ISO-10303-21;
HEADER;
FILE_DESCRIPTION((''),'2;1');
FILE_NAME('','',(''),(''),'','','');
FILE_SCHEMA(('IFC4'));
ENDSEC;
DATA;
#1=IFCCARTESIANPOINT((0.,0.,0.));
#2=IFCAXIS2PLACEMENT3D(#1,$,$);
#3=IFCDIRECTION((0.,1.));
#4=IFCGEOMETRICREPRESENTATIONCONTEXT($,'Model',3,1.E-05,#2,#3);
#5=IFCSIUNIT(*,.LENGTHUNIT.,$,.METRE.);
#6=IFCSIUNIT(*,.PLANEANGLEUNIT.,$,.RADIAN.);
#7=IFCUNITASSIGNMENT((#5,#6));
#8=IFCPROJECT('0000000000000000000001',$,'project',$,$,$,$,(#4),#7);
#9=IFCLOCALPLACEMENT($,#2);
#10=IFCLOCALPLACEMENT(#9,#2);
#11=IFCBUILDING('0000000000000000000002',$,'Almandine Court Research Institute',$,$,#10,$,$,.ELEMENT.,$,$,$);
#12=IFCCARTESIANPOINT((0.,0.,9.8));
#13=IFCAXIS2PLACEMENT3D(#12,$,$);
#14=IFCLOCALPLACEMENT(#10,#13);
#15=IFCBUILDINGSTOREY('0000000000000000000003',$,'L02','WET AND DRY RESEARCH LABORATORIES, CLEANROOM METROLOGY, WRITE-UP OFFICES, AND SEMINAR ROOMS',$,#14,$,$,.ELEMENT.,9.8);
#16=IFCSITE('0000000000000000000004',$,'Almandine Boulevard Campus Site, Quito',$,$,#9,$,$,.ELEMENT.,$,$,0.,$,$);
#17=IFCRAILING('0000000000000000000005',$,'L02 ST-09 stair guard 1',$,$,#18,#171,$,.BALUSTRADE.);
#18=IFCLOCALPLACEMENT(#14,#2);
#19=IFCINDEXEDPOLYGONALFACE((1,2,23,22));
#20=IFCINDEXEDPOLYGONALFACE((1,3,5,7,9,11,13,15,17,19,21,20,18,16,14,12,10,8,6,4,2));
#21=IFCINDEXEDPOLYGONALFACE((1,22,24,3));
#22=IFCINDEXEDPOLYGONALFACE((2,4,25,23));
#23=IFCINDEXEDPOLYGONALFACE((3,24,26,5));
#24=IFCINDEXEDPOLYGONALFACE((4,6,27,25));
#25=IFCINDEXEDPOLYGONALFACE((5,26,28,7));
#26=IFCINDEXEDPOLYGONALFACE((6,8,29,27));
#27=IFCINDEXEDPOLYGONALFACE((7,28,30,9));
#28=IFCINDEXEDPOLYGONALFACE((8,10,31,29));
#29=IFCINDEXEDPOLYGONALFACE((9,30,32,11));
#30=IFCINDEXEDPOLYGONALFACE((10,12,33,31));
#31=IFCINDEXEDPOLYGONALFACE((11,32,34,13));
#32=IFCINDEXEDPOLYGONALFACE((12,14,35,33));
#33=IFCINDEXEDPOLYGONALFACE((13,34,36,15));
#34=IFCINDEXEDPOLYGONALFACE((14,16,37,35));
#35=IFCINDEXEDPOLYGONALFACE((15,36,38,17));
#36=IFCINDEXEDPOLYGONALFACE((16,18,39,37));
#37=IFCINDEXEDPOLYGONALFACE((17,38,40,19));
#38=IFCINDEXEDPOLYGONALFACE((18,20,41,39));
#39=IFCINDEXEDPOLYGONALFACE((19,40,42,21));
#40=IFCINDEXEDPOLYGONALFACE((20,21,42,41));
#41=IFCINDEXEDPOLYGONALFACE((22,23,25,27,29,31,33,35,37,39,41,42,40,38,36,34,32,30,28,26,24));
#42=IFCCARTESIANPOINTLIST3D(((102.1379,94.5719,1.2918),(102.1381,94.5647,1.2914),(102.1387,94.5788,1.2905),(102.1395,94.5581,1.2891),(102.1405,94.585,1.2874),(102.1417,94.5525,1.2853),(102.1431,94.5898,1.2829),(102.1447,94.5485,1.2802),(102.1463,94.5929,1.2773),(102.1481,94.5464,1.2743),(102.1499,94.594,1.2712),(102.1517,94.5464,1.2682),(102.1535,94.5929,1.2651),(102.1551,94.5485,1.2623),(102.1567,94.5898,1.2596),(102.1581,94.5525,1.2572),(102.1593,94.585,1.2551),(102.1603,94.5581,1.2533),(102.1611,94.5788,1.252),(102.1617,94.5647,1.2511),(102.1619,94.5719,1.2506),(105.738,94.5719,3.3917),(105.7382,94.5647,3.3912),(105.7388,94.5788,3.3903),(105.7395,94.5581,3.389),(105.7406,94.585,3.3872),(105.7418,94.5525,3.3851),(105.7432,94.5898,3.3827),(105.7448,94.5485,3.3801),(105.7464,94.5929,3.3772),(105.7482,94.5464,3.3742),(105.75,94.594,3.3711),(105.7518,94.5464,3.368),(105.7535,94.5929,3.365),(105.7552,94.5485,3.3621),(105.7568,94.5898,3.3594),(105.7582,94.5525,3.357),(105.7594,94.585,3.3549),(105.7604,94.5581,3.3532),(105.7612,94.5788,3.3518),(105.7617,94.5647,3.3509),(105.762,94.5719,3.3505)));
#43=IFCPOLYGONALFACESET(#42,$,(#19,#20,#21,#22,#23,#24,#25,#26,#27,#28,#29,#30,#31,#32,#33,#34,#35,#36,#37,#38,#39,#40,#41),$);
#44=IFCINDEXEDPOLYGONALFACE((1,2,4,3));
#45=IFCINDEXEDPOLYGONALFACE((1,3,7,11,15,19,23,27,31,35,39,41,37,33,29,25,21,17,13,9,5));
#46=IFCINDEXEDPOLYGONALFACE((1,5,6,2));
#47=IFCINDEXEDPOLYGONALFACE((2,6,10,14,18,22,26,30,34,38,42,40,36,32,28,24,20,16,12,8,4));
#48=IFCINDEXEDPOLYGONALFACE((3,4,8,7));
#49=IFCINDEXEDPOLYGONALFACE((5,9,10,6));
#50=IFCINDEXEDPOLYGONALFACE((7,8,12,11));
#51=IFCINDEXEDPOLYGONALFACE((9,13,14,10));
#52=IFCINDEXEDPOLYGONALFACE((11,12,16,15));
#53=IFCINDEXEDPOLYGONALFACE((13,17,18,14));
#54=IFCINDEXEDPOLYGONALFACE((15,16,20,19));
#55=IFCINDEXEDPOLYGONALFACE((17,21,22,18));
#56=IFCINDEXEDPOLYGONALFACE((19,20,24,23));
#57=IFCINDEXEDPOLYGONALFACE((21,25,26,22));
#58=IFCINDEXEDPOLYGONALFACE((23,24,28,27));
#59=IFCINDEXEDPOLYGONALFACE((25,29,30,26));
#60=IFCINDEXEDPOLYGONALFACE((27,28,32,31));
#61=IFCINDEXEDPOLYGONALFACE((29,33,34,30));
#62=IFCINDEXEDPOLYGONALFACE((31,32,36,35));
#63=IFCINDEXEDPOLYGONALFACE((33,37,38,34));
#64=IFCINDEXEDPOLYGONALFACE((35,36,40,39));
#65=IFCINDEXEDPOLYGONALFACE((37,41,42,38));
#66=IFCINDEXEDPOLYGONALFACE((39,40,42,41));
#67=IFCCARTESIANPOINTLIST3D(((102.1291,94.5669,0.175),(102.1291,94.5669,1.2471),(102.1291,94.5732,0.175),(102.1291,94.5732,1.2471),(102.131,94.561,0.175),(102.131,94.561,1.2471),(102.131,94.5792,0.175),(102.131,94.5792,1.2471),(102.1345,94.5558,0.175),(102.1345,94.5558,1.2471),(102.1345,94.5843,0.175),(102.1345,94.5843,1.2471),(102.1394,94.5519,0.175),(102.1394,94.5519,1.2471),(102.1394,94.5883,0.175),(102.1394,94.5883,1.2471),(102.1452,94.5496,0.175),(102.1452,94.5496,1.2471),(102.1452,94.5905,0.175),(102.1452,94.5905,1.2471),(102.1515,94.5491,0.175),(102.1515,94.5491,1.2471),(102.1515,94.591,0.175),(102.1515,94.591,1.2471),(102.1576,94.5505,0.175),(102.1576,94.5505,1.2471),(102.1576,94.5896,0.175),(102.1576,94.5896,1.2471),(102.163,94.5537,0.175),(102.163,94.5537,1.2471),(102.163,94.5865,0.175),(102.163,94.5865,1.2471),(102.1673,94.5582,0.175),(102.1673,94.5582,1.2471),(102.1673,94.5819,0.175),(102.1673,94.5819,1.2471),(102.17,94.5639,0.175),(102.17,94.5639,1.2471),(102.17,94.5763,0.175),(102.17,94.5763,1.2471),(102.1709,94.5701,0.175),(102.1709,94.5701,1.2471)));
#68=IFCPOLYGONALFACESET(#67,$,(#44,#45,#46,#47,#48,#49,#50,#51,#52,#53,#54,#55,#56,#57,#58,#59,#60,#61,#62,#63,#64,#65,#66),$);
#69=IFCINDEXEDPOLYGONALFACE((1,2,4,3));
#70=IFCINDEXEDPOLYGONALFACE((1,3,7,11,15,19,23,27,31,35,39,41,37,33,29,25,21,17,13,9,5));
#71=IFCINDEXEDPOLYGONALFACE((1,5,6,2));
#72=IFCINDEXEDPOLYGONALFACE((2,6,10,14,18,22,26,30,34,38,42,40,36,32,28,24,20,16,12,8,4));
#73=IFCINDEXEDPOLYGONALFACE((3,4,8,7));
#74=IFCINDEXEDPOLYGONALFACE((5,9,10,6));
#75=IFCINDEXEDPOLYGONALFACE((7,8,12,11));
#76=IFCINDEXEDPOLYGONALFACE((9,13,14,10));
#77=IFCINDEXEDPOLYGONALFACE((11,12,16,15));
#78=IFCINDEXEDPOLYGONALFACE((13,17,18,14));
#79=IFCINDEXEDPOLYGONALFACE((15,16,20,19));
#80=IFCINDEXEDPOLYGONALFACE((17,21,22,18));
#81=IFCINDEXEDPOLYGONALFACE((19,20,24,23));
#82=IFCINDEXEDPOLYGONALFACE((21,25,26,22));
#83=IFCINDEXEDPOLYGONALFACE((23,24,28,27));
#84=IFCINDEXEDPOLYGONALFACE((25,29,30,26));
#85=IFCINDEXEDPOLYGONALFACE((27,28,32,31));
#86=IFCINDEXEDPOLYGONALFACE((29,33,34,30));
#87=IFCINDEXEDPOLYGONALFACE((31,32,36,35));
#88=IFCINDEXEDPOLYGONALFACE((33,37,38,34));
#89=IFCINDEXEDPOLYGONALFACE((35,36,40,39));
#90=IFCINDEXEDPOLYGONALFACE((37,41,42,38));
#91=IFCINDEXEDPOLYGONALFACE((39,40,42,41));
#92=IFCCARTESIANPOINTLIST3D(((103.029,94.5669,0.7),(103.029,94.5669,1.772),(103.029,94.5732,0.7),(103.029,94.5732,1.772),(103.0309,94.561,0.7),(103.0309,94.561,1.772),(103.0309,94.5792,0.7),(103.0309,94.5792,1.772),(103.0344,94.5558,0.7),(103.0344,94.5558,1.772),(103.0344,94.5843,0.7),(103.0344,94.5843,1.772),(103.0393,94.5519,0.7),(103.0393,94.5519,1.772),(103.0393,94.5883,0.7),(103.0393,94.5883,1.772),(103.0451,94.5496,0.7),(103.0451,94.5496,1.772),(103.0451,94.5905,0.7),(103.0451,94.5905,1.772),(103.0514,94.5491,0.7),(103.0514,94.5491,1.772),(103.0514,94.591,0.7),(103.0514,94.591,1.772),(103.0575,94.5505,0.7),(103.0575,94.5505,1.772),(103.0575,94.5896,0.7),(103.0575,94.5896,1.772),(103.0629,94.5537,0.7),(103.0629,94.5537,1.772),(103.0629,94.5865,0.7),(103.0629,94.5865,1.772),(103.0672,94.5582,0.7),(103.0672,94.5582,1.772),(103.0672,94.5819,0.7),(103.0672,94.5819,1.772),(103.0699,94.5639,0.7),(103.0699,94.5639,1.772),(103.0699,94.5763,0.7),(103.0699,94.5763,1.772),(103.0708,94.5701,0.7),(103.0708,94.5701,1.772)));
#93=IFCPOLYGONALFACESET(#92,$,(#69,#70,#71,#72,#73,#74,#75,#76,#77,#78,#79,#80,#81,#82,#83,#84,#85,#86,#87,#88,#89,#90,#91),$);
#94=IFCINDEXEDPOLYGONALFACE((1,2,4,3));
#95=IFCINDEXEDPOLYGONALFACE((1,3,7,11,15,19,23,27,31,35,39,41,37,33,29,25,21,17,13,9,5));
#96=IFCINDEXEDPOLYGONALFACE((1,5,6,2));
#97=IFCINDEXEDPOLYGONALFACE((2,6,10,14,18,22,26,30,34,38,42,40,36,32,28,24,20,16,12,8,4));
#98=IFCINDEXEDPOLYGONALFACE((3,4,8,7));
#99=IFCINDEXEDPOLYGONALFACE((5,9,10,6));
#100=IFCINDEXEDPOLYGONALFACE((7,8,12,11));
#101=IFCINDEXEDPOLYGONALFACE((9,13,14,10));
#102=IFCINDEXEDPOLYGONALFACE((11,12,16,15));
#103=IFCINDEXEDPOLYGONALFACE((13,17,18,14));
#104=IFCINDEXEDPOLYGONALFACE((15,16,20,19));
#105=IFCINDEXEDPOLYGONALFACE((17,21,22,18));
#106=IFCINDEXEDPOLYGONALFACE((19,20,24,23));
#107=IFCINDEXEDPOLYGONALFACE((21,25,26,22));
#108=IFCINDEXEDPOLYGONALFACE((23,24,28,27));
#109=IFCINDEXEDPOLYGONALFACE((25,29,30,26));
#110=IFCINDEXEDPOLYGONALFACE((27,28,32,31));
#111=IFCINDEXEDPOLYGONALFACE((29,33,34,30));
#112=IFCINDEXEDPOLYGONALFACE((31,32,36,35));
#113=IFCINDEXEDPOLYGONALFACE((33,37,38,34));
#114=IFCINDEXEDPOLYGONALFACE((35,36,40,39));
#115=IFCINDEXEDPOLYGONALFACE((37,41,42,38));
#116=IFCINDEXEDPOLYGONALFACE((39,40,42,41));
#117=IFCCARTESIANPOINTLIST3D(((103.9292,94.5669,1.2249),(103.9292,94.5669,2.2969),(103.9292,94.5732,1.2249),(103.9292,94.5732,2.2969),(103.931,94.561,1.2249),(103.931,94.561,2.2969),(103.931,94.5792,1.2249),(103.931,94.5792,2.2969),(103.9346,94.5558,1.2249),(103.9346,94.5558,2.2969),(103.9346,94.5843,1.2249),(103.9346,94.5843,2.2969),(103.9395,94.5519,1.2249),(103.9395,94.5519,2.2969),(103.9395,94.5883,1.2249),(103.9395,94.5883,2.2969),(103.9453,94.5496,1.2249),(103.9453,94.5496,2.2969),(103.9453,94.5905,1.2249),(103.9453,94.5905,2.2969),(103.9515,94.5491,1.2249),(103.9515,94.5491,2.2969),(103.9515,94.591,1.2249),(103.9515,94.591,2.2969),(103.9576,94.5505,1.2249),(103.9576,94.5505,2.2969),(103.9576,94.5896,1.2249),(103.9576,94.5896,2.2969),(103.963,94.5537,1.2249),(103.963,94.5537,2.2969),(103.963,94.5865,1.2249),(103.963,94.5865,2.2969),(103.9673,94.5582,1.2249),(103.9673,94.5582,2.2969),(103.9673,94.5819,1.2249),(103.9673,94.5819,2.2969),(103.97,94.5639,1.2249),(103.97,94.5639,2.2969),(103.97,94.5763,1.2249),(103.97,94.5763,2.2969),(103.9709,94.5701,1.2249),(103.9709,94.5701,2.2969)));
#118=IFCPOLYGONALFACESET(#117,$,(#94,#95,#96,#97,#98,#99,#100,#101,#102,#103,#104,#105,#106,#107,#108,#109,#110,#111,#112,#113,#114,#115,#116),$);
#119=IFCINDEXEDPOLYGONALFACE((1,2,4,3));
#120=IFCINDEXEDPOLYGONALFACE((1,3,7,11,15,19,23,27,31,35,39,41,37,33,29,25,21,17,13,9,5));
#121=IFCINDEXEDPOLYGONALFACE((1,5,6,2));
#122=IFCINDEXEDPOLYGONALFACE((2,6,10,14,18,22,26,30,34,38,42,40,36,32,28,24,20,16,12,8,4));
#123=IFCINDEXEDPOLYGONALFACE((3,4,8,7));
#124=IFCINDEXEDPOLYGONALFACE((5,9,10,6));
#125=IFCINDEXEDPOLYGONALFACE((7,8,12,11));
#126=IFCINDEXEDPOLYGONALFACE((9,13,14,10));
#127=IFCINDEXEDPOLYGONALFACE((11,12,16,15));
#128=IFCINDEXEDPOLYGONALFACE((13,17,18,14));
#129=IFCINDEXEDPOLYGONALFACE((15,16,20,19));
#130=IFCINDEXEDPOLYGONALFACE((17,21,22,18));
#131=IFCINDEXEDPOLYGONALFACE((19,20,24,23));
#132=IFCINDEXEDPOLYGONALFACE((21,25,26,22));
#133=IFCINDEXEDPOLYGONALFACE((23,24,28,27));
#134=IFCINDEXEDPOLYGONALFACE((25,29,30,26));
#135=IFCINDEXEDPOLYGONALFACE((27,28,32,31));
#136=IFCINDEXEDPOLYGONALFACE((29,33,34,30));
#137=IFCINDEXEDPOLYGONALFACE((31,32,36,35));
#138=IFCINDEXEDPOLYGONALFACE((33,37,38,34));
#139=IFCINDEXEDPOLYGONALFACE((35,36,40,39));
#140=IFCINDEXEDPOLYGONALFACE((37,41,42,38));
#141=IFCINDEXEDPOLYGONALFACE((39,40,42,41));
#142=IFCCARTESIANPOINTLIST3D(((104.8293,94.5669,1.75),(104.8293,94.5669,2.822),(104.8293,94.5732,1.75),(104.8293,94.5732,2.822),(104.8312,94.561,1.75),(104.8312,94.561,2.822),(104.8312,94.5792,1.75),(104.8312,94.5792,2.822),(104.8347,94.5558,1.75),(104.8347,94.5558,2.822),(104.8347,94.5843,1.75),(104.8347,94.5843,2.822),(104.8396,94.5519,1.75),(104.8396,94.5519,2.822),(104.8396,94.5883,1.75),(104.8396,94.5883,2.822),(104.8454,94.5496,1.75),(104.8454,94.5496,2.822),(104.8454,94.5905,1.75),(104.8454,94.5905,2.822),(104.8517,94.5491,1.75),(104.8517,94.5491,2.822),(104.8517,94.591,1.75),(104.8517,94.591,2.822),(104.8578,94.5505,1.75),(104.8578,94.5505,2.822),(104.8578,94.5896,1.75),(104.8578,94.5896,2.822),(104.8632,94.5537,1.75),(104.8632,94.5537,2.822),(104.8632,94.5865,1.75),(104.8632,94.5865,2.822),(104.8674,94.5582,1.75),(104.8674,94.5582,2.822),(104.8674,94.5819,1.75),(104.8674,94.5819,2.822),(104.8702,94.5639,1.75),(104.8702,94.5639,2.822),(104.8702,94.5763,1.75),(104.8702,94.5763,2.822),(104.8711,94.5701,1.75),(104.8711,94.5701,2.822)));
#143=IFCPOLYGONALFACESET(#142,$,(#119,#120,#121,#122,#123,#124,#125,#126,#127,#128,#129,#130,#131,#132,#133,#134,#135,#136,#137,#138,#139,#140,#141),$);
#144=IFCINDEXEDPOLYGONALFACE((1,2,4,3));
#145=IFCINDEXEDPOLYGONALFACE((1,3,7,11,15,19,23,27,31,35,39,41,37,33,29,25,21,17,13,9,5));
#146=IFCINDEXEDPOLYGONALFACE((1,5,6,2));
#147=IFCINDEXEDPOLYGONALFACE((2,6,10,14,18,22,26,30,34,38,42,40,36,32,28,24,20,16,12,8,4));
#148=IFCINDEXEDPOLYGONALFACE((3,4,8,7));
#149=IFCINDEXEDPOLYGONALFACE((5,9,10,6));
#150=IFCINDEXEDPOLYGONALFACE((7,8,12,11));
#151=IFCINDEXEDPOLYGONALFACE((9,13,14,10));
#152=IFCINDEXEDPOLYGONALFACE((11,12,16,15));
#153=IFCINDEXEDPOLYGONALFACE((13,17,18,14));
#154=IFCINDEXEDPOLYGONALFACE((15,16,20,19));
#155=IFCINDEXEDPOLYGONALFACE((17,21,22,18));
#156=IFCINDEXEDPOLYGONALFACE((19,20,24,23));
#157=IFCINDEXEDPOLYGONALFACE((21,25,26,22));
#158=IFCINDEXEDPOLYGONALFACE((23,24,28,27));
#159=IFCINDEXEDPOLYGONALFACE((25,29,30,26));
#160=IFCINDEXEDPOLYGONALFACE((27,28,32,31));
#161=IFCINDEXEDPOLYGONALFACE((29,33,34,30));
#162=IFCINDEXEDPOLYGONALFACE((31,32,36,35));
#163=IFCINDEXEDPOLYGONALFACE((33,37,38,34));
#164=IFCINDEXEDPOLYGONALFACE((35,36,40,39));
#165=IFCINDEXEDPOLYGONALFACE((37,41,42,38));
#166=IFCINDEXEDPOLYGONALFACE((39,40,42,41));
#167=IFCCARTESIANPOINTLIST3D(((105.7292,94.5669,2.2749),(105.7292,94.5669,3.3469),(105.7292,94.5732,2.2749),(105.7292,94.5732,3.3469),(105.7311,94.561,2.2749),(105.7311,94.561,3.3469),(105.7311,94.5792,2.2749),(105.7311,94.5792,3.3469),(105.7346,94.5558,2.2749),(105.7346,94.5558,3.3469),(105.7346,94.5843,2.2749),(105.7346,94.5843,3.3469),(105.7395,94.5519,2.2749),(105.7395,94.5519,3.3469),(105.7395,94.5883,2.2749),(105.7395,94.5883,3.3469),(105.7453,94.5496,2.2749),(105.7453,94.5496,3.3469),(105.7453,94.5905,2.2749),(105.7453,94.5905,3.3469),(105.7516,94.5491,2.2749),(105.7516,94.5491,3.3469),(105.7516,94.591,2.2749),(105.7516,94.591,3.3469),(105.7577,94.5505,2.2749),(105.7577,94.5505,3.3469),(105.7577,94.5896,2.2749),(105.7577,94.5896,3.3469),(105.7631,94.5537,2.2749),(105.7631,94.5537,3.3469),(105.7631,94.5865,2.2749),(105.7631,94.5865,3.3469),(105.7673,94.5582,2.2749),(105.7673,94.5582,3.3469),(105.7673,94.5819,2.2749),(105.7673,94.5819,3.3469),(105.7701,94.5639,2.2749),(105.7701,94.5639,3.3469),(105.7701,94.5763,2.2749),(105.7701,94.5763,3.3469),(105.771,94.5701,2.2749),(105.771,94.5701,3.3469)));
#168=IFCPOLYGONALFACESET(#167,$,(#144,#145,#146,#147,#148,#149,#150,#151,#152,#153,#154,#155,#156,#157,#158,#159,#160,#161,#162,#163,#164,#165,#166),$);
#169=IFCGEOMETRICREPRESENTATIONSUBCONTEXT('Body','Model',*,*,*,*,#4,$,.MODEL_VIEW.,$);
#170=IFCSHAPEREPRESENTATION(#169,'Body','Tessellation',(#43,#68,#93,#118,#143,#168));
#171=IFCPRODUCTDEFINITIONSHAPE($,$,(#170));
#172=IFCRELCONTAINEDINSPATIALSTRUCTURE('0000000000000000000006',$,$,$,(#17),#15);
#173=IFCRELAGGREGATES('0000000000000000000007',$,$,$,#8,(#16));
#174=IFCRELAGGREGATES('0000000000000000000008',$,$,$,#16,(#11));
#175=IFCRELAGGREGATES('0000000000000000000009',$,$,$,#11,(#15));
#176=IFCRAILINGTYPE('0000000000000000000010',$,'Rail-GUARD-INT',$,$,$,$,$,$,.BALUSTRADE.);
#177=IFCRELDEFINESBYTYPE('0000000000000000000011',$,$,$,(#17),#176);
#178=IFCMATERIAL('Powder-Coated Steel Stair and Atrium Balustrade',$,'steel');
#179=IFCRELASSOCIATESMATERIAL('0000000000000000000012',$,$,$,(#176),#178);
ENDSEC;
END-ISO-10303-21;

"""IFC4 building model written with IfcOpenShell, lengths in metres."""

from ifc_helpers import new_model, si_unit, direction, frame, origin, origin_2d, place, context, subcontext, project, spatial, circle, extrude, material, type_object, element, save


model = new_model("IFC4")

# Units and contexts
model_context = context("Model", 3, precision=1e-05, world=origin(), true_north=direction((0.0, 1.0)))
body_context = subcontext(model_context, "Body", "Model", "MODEL_VIEW")
ifc_project = project(units=[si_unit("LENGTHUNIT", "METRE"), si_unit("PLANEANGLEUNIT", "RADIAN")], contexts=[model_context])

# Site, building, storey
site_placement = place(None, origin())
site = spatial("IfcSite", under=ifc_project, at=site_placement, Name="Almandine Boulevard Campus Site, Quito", CompositionType="ELEMENT", RefElevation=0.0)
building_placement = place(site_placement, origin())
building = spatial("IfcBuilding", under=site, at=building_placement, Name="Almandine Court Research Institute", CompositionType="ELEMENT")
storey_placement = place(building_placement, frame((0.0, 0.0, 9.8)))
storey = spatial("IfcBuildingStorey", under=building, at=storey_placement, Name="L02", Description="WET AND DRY RESEARCH LABORATORIES, CLEANROOM METROLOGY, WRITE-UP OFFICES, AND SEMINAR ROOMS", CompositionType="ELEMENT", Elevation=9.8)

# Railing
ifc_material_1 = material(Name="Powder-Coated Steel Stair and Atrium Balustrade", Category="steel")
railing_type_1 = type_object("IfcRailingType", Name="Rail-GUARD-INT", PredefinedType="BALUSTRADE", material=ifc_material_1)
railing_1_placement = place(storey_placement, frame((102.1499, 94.5701, 0.175)))
element("IfcRailing", 1, at=railing_1_placement, inside=storey, type_object=railing_type_1, Name="L02 ST-09 stair guard 1", PredefinedType="BALUSTRADE", context=body_context, shape_type="SweptSolid", body=[
    extrude(circle(Radius=0.0239, at=origin_2d()), frame((0.0, 0.0, 1.0962), z_axis=(0.8638, 0.0, 0.503835), x_axis=(0.0, 1.0, 0.0)), (0.0, 0.0, 1.0), 4.1677),
    extrude(circle(Radius=0.021, at=origin_2d()), origin(), (0.0, 0.0, 1.0), 1.072),
    extrude(circle(Radius=0.021, at=origin_2d()), frame((0.8999, 0.0, 0.5249)), (0.0, 0.0, 1.0), 1.072),
    extrude(circle(Radius=0.021, at=origin_2d()), frame((1.8, 0.0, 1.0498)), (0.0, 0.0, 1.0), 1.072),
    extrude(circle(Radius=0.021, at=origin_2d()), frame((2.7002, 0.0, 1.575)), (0.0, 0.0, 1.0), 1.072),
    extrude(circle(Radius=0.021, at=origin_2d()), frame((3.6001, 0.0, 2.0999)), (0.0, 0.0, 1.0), 1.072),
])

save(model, "model.ifc")
